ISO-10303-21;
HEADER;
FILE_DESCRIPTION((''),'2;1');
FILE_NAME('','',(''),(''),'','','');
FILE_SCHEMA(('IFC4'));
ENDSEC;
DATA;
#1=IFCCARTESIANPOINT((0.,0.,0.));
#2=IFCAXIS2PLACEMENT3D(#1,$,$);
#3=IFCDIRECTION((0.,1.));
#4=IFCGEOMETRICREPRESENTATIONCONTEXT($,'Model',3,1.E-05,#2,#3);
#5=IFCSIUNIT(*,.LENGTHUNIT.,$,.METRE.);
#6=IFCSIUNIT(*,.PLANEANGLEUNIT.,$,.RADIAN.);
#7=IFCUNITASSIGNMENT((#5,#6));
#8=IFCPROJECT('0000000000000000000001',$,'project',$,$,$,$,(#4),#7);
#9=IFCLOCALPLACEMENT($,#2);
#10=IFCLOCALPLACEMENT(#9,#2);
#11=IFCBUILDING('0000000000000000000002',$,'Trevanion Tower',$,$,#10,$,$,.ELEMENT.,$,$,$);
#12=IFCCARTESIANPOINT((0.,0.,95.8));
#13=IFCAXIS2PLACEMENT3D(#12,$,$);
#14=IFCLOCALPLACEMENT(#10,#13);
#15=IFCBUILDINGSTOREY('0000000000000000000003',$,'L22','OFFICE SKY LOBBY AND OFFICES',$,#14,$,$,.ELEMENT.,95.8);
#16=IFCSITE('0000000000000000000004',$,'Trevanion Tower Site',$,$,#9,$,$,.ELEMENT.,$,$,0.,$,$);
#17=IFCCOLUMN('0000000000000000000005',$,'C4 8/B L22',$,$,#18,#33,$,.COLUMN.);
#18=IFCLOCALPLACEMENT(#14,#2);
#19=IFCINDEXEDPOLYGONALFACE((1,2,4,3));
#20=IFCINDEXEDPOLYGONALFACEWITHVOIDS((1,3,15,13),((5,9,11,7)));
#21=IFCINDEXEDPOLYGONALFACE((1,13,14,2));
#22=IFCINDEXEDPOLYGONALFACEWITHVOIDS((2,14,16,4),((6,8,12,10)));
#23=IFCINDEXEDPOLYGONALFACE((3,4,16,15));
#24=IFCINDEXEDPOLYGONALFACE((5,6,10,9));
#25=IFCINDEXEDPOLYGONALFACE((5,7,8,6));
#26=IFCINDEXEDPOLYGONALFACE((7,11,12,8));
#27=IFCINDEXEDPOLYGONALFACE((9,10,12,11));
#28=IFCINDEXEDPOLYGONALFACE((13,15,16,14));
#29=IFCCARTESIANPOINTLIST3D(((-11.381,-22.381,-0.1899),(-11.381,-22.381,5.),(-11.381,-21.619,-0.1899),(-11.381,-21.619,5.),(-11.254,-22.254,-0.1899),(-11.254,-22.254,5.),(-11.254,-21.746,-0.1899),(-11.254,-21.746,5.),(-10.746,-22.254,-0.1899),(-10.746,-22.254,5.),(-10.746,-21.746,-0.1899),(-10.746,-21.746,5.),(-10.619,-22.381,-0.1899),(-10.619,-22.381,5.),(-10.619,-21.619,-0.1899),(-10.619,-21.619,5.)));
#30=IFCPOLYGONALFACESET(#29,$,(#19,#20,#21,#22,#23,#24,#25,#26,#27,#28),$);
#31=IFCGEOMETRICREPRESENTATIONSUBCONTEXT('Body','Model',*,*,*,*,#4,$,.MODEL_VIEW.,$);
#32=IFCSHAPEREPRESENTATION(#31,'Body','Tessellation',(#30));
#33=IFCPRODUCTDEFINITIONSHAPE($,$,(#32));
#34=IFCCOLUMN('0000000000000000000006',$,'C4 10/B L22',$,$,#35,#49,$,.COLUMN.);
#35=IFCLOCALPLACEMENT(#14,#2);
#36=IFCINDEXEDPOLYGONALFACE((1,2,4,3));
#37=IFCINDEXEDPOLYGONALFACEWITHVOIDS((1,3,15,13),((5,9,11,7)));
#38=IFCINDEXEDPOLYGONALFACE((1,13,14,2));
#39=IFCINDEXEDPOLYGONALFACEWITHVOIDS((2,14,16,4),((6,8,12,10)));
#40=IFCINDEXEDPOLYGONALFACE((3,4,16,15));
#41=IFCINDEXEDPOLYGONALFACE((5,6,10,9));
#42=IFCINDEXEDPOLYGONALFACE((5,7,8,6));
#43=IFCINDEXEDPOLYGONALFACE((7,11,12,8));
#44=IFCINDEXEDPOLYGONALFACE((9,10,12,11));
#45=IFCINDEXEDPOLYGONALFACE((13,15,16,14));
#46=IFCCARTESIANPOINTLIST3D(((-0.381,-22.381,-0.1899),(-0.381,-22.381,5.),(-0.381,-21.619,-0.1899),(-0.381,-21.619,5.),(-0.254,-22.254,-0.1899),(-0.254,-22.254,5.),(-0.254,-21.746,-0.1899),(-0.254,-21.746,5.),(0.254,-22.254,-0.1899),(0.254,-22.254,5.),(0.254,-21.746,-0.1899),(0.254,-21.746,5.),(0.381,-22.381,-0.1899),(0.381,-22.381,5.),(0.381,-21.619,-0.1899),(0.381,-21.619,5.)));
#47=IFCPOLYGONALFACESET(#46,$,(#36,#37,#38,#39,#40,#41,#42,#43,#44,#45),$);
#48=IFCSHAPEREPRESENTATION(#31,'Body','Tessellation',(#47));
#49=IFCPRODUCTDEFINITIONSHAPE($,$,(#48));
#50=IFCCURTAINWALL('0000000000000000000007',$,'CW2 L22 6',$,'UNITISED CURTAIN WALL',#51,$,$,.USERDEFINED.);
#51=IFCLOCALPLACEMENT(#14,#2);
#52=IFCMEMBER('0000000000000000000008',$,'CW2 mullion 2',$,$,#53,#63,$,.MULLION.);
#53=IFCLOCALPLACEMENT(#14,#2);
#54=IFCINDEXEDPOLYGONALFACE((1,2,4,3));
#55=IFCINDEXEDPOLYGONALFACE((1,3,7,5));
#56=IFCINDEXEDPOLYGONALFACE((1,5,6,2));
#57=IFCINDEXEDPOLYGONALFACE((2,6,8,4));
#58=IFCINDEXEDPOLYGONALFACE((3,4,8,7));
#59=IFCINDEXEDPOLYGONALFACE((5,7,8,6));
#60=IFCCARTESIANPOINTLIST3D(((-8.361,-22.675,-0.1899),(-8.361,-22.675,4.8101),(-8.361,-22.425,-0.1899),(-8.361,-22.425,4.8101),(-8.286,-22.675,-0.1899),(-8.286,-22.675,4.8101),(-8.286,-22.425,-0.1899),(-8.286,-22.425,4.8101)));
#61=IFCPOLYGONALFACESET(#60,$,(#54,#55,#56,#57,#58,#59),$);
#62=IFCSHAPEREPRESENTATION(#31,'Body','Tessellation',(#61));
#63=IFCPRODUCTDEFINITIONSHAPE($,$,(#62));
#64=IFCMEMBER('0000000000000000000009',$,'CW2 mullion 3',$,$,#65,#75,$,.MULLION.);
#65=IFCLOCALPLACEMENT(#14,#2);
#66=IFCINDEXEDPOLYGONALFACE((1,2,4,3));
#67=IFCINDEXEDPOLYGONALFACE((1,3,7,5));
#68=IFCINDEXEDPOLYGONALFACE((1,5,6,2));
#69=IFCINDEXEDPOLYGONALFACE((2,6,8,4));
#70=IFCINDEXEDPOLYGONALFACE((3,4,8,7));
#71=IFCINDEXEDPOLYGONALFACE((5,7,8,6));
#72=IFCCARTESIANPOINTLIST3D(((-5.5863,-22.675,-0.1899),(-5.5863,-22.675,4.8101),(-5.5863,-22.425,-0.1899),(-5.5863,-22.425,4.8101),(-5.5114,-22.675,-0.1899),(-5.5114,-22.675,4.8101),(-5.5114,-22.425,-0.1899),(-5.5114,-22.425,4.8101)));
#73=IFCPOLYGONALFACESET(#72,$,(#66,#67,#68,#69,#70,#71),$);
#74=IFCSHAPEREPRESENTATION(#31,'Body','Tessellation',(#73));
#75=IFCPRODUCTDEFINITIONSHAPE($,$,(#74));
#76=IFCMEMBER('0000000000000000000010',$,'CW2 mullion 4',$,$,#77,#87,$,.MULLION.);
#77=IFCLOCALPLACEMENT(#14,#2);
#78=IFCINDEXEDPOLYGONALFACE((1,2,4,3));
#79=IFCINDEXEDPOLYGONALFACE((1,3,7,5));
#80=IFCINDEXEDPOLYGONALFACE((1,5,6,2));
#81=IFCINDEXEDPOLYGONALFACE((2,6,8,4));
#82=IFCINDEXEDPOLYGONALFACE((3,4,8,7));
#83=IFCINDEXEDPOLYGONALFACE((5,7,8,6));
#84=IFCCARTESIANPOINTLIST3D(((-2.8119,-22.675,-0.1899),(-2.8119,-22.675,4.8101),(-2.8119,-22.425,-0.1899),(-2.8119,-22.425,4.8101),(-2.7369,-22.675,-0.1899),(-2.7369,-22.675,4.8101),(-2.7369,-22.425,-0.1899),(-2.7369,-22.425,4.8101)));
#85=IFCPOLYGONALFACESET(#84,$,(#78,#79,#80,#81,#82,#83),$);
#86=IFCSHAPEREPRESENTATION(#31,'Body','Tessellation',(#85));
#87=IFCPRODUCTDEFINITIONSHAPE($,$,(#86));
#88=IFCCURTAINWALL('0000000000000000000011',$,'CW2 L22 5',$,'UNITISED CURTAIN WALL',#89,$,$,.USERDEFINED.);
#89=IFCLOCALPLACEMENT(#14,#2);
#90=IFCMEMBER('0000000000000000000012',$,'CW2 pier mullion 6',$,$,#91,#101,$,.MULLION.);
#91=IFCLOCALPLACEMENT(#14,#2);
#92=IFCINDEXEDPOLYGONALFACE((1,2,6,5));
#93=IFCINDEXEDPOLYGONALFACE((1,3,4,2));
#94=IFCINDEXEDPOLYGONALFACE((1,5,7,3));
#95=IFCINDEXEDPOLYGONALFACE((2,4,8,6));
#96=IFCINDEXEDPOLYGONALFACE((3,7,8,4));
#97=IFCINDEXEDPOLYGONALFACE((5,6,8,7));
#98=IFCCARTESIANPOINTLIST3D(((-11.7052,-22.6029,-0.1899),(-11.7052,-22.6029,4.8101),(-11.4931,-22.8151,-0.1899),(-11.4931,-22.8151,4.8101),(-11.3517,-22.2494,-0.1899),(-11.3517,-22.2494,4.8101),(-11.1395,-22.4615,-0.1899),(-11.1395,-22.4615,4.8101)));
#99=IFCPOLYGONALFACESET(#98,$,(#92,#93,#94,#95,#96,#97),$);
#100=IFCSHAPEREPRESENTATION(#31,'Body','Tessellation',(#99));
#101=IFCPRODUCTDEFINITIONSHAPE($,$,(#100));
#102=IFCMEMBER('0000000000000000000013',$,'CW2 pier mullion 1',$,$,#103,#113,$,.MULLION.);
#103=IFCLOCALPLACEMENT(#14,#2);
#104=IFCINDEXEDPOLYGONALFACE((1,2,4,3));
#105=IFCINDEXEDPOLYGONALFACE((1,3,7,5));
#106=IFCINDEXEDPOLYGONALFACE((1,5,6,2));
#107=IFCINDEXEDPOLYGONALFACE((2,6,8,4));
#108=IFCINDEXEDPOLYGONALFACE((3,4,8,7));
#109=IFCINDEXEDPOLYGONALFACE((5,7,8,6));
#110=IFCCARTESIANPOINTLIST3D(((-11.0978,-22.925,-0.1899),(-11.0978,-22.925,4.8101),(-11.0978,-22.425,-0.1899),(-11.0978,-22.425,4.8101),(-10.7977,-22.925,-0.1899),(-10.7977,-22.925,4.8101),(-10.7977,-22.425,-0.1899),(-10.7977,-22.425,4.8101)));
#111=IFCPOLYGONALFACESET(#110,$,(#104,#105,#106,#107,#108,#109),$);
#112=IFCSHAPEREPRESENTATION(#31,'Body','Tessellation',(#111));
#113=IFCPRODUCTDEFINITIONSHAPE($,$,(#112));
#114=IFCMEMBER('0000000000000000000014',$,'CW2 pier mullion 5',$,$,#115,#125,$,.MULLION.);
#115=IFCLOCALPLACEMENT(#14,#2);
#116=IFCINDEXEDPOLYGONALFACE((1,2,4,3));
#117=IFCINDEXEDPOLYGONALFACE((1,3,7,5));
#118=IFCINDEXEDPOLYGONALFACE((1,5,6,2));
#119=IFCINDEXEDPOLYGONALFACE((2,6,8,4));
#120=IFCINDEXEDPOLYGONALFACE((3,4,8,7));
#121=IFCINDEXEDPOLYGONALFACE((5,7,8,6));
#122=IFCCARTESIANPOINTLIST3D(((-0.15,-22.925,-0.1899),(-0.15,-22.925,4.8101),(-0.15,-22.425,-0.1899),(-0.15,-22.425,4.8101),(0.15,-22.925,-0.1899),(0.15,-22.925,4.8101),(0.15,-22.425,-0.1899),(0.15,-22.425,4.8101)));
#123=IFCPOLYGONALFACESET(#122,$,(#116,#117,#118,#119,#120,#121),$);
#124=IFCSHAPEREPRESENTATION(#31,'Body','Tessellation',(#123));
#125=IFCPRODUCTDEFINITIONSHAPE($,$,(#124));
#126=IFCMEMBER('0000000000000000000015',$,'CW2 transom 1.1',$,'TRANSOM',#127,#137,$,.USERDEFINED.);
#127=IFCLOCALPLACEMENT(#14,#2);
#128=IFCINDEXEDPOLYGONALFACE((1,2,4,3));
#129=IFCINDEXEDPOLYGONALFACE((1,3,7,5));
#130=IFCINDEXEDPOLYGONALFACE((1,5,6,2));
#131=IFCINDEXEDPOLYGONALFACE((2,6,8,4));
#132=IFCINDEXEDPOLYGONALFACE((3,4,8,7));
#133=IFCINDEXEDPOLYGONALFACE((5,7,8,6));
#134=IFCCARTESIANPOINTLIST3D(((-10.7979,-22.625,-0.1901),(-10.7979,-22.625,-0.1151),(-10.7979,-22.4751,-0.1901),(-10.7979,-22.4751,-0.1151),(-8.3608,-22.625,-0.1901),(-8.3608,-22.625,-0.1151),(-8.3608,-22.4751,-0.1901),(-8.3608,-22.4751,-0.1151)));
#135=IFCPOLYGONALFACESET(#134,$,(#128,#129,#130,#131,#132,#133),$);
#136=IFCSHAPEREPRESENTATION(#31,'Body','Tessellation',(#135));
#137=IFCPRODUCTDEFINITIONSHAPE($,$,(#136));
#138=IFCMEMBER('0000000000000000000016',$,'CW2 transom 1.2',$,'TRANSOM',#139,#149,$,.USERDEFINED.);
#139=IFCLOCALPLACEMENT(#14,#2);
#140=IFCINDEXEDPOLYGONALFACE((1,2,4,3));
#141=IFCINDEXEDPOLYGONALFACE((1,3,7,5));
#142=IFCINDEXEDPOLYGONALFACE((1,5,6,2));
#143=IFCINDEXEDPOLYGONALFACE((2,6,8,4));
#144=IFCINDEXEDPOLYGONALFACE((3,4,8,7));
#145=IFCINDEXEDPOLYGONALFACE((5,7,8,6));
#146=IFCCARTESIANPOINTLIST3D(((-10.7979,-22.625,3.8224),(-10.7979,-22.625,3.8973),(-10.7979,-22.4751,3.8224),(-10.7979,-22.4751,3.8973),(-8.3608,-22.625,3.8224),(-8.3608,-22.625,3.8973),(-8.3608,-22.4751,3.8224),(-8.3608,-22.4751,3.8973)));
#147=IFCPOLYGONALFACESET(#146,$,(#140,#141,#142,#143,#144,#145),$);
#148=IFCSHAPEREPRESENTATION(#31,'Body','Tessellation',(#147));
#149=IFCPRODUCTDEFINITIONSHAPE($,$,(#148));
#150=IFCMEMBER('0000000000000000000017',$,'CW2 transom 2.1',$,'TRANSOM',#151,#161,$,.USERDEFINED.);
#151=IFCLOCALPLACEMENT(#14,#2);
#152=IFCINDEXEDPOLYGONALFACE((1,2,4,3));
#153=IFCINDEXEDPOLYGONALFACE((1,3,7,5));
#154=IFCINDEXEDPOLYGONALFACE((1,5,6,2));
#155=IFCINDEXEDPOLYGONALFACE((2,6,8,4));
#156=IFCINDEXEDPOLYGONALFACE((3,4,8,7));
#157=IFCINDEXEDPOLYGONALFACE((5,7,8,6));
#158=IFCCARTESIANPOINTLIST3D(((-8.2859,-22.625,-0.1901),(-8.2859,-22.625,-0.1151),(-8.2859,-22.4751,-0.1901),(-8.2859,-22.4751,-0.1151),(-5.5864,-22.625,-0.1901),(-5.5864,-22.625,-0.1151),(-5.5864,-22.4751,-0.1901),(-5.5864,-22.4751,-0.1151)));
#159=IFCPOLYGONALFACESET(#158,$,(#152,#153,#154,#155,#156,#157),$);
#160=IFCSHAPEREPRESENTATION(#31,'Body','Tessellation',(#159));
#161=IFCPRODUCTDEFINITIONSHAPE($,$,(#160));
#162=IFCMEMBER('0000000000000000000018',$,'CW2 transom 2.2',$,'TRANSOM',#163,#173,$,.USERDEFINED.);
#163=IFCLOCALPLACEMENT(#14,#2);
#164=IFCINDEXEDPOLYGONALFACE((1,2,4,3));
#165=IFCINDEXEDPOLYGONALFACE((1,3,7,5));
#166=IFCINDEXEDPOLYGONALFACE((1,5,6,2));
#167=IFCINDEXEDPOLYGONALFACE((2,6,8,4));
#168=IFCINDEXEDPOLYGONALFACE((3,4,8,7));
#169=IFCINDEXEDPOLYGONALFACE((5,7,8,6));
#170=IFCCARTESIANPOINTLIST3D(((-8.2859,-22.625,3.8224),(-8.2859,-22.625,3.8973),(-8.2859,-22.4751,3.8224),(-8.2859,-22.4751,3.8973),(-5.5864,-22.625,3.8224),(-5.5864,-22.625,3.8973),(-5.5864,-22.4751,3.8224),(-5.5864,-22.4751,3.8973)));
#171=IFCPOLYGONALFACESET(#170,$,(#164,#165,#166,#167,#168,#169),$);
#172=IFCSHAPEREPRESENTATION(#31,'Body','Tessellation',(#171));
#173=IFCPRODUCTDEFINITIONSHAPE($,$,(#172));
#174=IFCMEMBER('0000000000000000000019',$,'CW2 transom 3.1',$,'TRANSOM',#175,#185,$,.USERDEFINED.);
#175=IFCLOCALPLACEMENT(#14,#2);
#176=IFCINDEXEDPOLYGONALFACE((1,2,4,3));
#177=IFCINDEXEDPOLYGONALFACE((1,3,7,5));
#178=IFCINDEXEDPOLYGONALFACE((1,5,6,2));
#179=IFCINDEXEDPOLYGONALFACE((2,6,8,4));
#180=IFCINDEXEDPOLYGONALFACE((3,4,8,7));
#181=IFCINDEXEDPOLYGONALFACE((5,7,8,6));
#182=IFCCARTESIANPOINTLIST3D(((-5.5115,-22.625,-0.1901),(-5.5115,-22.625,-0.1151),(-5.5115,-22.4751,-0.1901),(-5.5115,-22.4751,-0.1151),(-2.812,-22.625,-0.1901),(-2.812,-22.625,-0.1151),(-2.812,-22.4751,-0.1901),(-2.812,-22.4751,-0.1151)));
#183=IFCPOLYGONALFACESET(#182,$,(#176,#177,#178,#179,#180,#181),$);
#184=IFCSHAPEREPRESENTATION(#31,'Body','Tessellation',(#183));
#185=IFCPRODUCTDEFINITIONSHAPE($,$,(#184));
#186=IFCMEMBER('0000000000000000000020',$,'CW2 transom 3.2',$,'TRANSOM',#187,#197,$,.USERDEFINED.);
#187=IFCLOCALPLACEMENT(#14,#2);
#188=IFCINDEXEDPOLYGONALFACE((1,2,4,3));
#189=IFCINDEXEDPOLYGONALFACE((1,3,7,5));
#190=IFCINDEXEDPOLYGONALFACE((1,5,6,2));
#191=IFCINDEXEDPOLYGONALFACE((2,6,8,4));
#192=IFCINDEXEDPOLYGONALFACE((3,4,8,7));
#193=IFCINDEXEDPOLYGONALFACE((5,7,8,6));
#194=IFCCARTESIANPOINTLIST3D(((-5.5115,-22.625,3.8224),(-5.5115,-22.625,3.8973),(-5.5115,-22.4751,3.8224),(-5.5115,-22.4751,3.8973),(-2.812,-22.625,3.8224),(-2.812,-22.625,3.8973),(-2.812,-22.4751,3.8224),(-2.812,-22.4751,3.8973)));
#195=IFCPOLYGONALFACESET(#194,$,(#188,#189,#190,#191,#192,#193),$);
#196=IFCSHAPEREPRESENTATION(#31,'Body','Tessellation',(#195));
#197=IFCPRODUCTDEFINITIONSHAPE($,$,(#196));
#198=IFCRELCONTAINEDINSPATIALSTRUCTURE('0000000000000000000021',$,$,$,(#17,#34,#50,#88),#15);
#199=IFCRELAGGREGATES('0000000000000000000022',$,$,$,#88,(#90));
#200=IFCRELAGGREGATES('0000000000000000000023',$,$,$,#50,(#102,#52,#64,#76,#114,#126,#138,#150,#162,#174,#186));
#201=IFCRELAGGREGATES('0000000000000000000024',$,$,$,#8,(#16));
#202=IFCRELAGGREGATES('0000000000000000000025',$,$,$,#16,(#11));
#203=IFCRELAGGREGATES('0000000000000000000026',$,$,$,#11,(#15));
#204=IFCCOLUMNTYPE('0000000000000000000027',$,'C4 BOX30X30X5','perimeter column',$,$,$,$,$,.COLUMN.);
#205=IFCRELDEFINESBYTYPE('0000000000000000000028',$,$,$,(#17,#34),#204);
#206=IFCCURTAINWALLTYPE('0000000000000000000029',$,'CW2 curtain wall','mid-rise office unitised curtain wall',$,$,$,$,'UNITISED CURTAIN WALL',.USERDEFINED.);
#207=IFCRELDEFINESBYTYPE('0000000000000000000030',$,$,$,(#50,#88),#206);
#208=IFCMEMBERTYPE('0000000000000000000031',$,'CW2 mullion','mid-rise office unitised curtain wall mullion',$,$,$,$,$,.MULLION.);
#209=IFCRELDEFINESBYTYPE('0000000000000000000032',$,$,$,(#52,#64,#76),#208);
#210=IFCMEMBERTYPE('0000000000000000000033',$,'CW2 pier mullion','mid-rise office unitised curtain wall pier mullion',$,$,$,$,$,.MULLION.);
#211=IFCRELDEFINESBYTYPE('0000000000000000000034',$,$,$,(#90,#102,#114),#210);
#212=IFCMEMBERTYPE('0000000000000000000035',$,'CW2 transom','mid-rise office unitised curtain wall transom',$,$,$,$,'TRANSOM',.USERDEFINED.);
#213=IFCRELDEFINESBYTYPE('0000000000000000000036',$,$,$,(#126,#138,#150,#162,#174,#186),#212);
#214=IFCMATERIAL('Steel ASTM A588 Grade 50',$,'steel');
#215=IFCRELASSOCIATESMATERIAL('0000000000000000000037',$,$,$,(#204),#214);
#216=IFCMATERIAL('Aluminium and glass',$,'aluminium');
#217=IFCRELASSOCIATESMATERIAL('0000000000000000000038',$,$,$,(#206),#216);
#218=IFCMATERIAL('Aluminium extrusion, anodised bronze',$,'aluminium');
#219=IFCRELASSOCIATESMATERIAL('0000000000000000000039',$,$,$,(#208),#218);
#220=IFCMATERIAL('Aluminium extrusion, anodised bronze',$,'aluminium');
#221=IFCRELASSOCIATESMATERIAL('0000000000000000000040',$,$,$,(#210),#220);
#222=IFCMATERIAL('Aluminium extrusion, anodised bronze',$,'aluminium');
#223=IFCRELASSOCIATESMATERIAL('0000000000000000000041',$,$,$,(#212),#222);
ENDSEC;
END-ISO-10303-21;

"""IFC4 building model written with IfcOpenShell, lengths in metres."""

from ifc_helpers import new_model, si_unit, direction, frame, origin, origin_2d, place, context, subcontext, project, spatial, rectangle, hollow_rectangle, extrude, material, material_profile, profile_set, type_object, element, aggregate, save


model = new_model("IFC4")

# Units and contexts
model_context = context("Model", 3, precision=1e-05, world=origin(), true_north=direction((0.0, 1.0)))
body_context = subcontext(model_context, "Body", "Model", "MODEL_VIEW")
ifc_project = project(units=[si_unit("LENGTHUNIT", "METRE"), si_unit("PLANEANGLEUNIT", "RADIAN")], contexts=[model_context])

# Site, building, storey
site_placement = place(None, origin())
site = spatial("IfcSite", under=ifc_project, at=site_placement, Name="Trevanion Tower Site", CompositionType="ELEMENT", RefElevation=0.0)
building_placement = place(site_placement, origin())
building = spatial("IfcBuilding", under=site, at=building_placement, Name="Trevanion Tower", CompositionType="ELEMENT")
storey_placement = place(building_placement, frame((0.0, 0.0, 95.8)))
storey = spatial("IfcBuildingStorey", under=building, at=storey_placement, Name="L22", Description="OFFICE SKY LOBBY AND OFFICES", CompositionType="ELEMENT", Elevation=95.8)

# Columns
ifc_material_1 = material(Name="Steel ASTM A588 Grade 50", Category="steel")
ifc_material_profile_1 = material_profile(ifc_material_1, hollow_rectangle(XDim=0.762, YDim=0.762, WallThickness=0.127, at=origin_2d()), Name="BOX30X30X5")
ifc_profile_set_1 = profile_set([ifc_material_profile_1], Name="Steel ASTM A588 Grade 50")
column_type = type_object("IfcColumnType", Name="C4 BOX30X30X5", Description="perimeter column", PredefinedType="COLUMN", material=ifc_profile_set_1)
for number, where, z_axis, x_axis, name in (
    (1, (-11.0, -22.0, -0.1899), (0.0, 0.0, 1.0), (1.0, 0.0, 0.0), "C4 8/B L22"),
    (2, (0.0, -22.0, -0.1899), (0.0, 0.0, 1.0), (1.0, 0.0, 0.0), "C4 10/B L22"),
):
    element("IfcColumn", number, at=place(storey_placement, frame(where, z_axis=z_axis, x_axis=x_axis)), inside=storey, type_object=column_type, Name=name, PredefinedType="COLUMN", context=body_context, shape_type="SweptSolid", body=[
        extrude(hollow_rectangle(XDim=0.762, YDim=0.762, WallThickness=0.127, at=origin_2d()), origin(), (0.0, 0.0, 1.0), 5.1899),
    ])

# Curtain wall, members
ifc_material_2 = material(Name="Aluminium and glass", Category="aluminium")
curtain_wall_type = type_object("IfcCurtainWallType", Name="CW2 curtain wall", Description="mid-rise office unitised curtain wall", ElementType="UNITISED CURTAIN WALL", PredefinedType="USERDEFINED", material=ifc_material_2)
curtain_wall_1_placement = place(storey_placement, origin())
curtain_wall_1 = element("IfcCurtainWall", 3, at=curtain_wall_1_placement, inside=storey, type_object=curtain_wall_type, Name="CW2 L22 6", ObjectType="UNITISED CURTAIN WALL", PredefinedType="USERDEFINED")
ifc_material_3 = material(Name="Aluminium extrusion, anodised bronze", Category="aluminium")
ifc_material_profile_2 = material_profile(ifc_material_3, rectangle(XDim=0.075, YDim=0.25, at=origin_2d()), Name="CW2 mullion")
ifc_profile_set_2 = profile_set([ifc_material_profile_2], Name="Aluminium extrusion, anodised bronze")
member_type_1 = type_object("IfcMemberType", Name="CW2 mullion", Description="mid-rise office unitised curtain wall mullion", PredefinedType="MULLION", material=ifc_profile_set_2)
member_1_placement = place(storey_placement, frame((-8.3235, -22.55, -0.1899), z_axis=(0.0, 0.0, 1.0), x_axis=(1.0, 0.0, 0.0)))
member_1 = element("IfcMember", 4, at=member_1_placement, type_object=member_type_1, Name="CW2 mullion 2", PredefinedType="MULLION", context=body_context, shape_type="SweptSolid", body=[
    extrude(rectangle(XDim=0.075, YDim=0.25, at=origin_2d()), origin(), (0.0, 0.0, 1.0), 5.0),
])
member_2_placement = place(storey_placement, frame((-5.5488, -22.55, -0.1899), z_axis=(0.0, 0.0, 1.0), x_axis=(1.0, 0.0, 0.0)))
member_2 = element("IfcMember", 5, at=member_2_placement, type_object=member_type_1, Name="CW2 mullion 3", PredefinedType="MULLION", context=body_context, shape_type="SweptSolid", body=[
    extrude(rectangle(XDim=0.075, YDim=0.25, at=origin_2d()), origin(), (0.0, 0.0, 1.0), 5.0),
])
member_3_placement = place(storey_placement, frame((-2.7744, -22.55, -0.1899), z_axis=(0.0, 0.0, 1.0), x_axis=(1.0, 0.0, 0.0)))
member_3 = element("IfcMember", 6, at=member_3_placement, type_object=member_type_1, Name="CW2 mullion 4", PredefinedType="MULLION", context=body_context, shape_type="SweptSolid", body=[
    extrude(rectangle(XDim=0.075, YDim=0.25, at=origin_2d()), origin(), (0.0, 0.0, 1.0), 5.0),
])

# Curtain wall, member
curtain_wall_2_placement = place(storey_placement, origin())
curtain_wall_2 = element("IfcCurtainWall", 7, at=curtain_wall_2_placement, inside=storey, type_object=curtain_wall_type, Name="CW2 L22 5", ObjectType="UNITISED CURTAIN WALL", PredefinedType="USERDEFINED")
ifc_material_4 = material(Name="Aluminium extrusion, anodised bronze", Category="aluminium")
ifc_material_profile_3 = material_profile(ifc_material_4, rectangle(XDim=0.3, YDim=0.5, at=origin_2d()), Name="CW2 pier mullion")
ifc_profile_set_3 = profile_set([ifc_material_profile_3], Name="Aluminium extrusion, anodised bronze")
member_type_2 = type_object("IfcMemberType", Name="CW2 pier mullion", Description="mid-rise office unitised curtain wall pier mullion", PredefinedType="MULLION", material=ifc_profile_set_3)
member_4_placement = place(storey_placement, frame((-11.4224, -22.5322, -0.1899), z_axis=(0.0, 0.0, 1.0), x_axis=(0.707107, -0.707107, 0.0)))
member_4 = element("IfcMember", 8, at=member_4_placement, type_object=member_type_2, Name="CW2 pier mullion 6", PredefinedType="MULLION", context=body_context, shape_type="SweptSolid", body=[
    extrude(rectangle(XDim=0.3, YDim=0.5, at=origin_2d()), origin(), (0.0, 0.0, 1.0), 5.0),
])
aggregate(curtain_wall_2, [member_4])

# Members
member_5_placement = place(storey_placement, frame((-10.9478, -22.675, -0.1899), z_axis=(0.0, 0.0, 1.0), x_axis=(1.0, 0.0, 0.0)))
member_5 = element("IfcMember", 9, at=member_5_placement, type_object=member_type_2, Name="CW2 pier mullion 1", PredefinedType="MULLION", context=body_context, shape_type="SweptSolid", body=[
    extrude(rectangle(XDim=0.3, YDim=0.5, at=origin_2d()), origin(), (0.0, 0.0, 1.0), 5.0),
])
member_6_placement = place(storey_placement, frame((0.0, -22.675, -0.1899), z_axis=(0.0, 0.0, 1.0), x_axis=(1.0, 0.0, 0.0)))
member_6 = element("IfcMember", 10, at=member_6_placement, type_object=member_type_2, Name="CW2 pier mullion 5", PredefinedType="MULLION", context=body_context, shape_type="SweptSolid", body=[
    extrude(rectangle(XDim=0.3, YDim=0.5, at=origin_2d()), origin(), (0.0, 0.0, 1.0), 5.0),
])
ifc_material_5 = material(Name="Aluminium extrusion, anodised bronze", Category="aluminium")
ifc_material_profile_4 = material_profile(ifc_material_5, rectangle(XDim=0.1499, YDim=0.075, at=origin_2d()), Name="CW2 transom")
ifc_profile_set_4 = profile_set([ifc_material_profile_4], Name="Aluminium extrusion, anodised bronze")
member_type_3 = type_object("IfcMemberType", Name="CW2 transom", Description="mid-rise office unitised curtain wall transom", ElementType="TRANSOM", PredefinedType="USERDEFINED", material=ifc_profile_set_4)
member_7_placement = place(storey_placement, frame((-10.7979, -22.55, -0.1526), z_axis=(1.0, 0.0, 0.0), x_axis=(0.0, 1.0, 0.0)))
member_7 = element("IfcMember", 11, at=member_7_placement, type_object=member_type_3, Name="CW2 transom 1.1", ObjectType="TRANSOM", PredefinedType="USERDEFINED", context=body_context, shape_type="SweptSolid", body=[
    extrude(rectangle(XDim=0.1499, YDim=0.075, at=origin_2d()), origin(), (0.0, 0.0, 1.0), 2.437),
])
member_8_placement = place(storey_placement, frame((-10.7979, -22.55, 3.8599), z_axis=(1.0, 0.0, 0.0), x_axis=(0.0, 1.0, 0.0)))
member_8 = element("IfcMember", 12, at=member_8_placement, type_object=member_type_3, Name="CW2 transom 1.2", ObjectType="TRANSOM", PredefinedType="USERDEFINED", context=body_context, shape_type="SweptSolid", body=[
    extrude(rectangle(XDim=0.1499, YDim=0.075, at=origin_2d()), origin(), (0.0, 0.0, 1.0), 2.437),
])
member_9_placement = place(storey_placement, frame((-8.2859, -22.55, -0.1526), z_axis=(1.0, 0.0, 0.0), x_axis=(0.0, 1.0, 0.0)))
member_9 = element("IfcMember", 13, at=member_9_placement, type_object=member_type_3, Name="CW2 transom 2.1", ObjectType="TRANSOM", PredefinedType="USERDEFINED", context=body_context, shape_type="SweptSolid", body=[
    extrude(rectangle(XDim=0.1499, YDim=0.075, at=origin_2d()), origin(), (0.0, 0.0, 1.0), 2.6995),
])
member_10_placement = place(storey_placement, frame((-8.2859, -22.55, 3.8599), z_axis=(1.0, 0.0, 0.0), x_axis=(0.0, 1.0, 0.0)))
member_10 = element("IfcMember", 14, at=member_10_placement, type_object=member_type_3, Name="CW2 transom 2.2", ObjectType="TRANSOM", PredefinedType="USERDEFINED", context=body_context, shape_type="SweptSolid", body=[
    extrude(rectangle(XDim=0.1499, YDim=0.075, at=origin_2d()), origin(), (0.0, 0.0, 1.0), 2.6995),
])
member_11_placement = place(storey_placement, frame((-5.5115, -22.55, -0.1526), z_axis=(1.0, 0.0, 0.0), x_axis=(0.0, 1.0, 0.0)))
member_11 = element("IfcMember", 15, at=member_11_placement, type_object=member_type_3, Name="CW2 transom 3.1", ObjectType="TRANSOM", PredefinedType="USERDEFINED", context=body_context, shape_type="SweptSolid", body=[
    extrude(rectangle(XDim=0.1499, YDim=0.075, at=origin_2d()), origin(), (0.0, 0.0, 1.0), 2.6995),
])
member_12_placement = place(storey_placement, frame((-5.5115, -22.55, 3.8599), z_axis=(1.0, 0.0, 0.0), x_axis=(0.0, 1.0, 0.0)))
member_12 = element("IfcMember", 16, at=member_12_placement, type_object=member_type_3, Name="CW2 transom 3.2", ObjectType="TRANSOM", PredefinedType="USERDEFINED", context=body_context, shape_type="SweptSolid", body=[
    extrude(rectangle(XDim=0.1499, YDim=0.075, at=origin_2d()), origin(), (0.0, 0.0, 1.0), 2.6995),
])

aggregate(curtain_wall_1, [member_5, member_1, member_2, member_3, member_6, member_7, member_8, member_9, member_10, member_11, member_12])

save(model, "model.ifc")
